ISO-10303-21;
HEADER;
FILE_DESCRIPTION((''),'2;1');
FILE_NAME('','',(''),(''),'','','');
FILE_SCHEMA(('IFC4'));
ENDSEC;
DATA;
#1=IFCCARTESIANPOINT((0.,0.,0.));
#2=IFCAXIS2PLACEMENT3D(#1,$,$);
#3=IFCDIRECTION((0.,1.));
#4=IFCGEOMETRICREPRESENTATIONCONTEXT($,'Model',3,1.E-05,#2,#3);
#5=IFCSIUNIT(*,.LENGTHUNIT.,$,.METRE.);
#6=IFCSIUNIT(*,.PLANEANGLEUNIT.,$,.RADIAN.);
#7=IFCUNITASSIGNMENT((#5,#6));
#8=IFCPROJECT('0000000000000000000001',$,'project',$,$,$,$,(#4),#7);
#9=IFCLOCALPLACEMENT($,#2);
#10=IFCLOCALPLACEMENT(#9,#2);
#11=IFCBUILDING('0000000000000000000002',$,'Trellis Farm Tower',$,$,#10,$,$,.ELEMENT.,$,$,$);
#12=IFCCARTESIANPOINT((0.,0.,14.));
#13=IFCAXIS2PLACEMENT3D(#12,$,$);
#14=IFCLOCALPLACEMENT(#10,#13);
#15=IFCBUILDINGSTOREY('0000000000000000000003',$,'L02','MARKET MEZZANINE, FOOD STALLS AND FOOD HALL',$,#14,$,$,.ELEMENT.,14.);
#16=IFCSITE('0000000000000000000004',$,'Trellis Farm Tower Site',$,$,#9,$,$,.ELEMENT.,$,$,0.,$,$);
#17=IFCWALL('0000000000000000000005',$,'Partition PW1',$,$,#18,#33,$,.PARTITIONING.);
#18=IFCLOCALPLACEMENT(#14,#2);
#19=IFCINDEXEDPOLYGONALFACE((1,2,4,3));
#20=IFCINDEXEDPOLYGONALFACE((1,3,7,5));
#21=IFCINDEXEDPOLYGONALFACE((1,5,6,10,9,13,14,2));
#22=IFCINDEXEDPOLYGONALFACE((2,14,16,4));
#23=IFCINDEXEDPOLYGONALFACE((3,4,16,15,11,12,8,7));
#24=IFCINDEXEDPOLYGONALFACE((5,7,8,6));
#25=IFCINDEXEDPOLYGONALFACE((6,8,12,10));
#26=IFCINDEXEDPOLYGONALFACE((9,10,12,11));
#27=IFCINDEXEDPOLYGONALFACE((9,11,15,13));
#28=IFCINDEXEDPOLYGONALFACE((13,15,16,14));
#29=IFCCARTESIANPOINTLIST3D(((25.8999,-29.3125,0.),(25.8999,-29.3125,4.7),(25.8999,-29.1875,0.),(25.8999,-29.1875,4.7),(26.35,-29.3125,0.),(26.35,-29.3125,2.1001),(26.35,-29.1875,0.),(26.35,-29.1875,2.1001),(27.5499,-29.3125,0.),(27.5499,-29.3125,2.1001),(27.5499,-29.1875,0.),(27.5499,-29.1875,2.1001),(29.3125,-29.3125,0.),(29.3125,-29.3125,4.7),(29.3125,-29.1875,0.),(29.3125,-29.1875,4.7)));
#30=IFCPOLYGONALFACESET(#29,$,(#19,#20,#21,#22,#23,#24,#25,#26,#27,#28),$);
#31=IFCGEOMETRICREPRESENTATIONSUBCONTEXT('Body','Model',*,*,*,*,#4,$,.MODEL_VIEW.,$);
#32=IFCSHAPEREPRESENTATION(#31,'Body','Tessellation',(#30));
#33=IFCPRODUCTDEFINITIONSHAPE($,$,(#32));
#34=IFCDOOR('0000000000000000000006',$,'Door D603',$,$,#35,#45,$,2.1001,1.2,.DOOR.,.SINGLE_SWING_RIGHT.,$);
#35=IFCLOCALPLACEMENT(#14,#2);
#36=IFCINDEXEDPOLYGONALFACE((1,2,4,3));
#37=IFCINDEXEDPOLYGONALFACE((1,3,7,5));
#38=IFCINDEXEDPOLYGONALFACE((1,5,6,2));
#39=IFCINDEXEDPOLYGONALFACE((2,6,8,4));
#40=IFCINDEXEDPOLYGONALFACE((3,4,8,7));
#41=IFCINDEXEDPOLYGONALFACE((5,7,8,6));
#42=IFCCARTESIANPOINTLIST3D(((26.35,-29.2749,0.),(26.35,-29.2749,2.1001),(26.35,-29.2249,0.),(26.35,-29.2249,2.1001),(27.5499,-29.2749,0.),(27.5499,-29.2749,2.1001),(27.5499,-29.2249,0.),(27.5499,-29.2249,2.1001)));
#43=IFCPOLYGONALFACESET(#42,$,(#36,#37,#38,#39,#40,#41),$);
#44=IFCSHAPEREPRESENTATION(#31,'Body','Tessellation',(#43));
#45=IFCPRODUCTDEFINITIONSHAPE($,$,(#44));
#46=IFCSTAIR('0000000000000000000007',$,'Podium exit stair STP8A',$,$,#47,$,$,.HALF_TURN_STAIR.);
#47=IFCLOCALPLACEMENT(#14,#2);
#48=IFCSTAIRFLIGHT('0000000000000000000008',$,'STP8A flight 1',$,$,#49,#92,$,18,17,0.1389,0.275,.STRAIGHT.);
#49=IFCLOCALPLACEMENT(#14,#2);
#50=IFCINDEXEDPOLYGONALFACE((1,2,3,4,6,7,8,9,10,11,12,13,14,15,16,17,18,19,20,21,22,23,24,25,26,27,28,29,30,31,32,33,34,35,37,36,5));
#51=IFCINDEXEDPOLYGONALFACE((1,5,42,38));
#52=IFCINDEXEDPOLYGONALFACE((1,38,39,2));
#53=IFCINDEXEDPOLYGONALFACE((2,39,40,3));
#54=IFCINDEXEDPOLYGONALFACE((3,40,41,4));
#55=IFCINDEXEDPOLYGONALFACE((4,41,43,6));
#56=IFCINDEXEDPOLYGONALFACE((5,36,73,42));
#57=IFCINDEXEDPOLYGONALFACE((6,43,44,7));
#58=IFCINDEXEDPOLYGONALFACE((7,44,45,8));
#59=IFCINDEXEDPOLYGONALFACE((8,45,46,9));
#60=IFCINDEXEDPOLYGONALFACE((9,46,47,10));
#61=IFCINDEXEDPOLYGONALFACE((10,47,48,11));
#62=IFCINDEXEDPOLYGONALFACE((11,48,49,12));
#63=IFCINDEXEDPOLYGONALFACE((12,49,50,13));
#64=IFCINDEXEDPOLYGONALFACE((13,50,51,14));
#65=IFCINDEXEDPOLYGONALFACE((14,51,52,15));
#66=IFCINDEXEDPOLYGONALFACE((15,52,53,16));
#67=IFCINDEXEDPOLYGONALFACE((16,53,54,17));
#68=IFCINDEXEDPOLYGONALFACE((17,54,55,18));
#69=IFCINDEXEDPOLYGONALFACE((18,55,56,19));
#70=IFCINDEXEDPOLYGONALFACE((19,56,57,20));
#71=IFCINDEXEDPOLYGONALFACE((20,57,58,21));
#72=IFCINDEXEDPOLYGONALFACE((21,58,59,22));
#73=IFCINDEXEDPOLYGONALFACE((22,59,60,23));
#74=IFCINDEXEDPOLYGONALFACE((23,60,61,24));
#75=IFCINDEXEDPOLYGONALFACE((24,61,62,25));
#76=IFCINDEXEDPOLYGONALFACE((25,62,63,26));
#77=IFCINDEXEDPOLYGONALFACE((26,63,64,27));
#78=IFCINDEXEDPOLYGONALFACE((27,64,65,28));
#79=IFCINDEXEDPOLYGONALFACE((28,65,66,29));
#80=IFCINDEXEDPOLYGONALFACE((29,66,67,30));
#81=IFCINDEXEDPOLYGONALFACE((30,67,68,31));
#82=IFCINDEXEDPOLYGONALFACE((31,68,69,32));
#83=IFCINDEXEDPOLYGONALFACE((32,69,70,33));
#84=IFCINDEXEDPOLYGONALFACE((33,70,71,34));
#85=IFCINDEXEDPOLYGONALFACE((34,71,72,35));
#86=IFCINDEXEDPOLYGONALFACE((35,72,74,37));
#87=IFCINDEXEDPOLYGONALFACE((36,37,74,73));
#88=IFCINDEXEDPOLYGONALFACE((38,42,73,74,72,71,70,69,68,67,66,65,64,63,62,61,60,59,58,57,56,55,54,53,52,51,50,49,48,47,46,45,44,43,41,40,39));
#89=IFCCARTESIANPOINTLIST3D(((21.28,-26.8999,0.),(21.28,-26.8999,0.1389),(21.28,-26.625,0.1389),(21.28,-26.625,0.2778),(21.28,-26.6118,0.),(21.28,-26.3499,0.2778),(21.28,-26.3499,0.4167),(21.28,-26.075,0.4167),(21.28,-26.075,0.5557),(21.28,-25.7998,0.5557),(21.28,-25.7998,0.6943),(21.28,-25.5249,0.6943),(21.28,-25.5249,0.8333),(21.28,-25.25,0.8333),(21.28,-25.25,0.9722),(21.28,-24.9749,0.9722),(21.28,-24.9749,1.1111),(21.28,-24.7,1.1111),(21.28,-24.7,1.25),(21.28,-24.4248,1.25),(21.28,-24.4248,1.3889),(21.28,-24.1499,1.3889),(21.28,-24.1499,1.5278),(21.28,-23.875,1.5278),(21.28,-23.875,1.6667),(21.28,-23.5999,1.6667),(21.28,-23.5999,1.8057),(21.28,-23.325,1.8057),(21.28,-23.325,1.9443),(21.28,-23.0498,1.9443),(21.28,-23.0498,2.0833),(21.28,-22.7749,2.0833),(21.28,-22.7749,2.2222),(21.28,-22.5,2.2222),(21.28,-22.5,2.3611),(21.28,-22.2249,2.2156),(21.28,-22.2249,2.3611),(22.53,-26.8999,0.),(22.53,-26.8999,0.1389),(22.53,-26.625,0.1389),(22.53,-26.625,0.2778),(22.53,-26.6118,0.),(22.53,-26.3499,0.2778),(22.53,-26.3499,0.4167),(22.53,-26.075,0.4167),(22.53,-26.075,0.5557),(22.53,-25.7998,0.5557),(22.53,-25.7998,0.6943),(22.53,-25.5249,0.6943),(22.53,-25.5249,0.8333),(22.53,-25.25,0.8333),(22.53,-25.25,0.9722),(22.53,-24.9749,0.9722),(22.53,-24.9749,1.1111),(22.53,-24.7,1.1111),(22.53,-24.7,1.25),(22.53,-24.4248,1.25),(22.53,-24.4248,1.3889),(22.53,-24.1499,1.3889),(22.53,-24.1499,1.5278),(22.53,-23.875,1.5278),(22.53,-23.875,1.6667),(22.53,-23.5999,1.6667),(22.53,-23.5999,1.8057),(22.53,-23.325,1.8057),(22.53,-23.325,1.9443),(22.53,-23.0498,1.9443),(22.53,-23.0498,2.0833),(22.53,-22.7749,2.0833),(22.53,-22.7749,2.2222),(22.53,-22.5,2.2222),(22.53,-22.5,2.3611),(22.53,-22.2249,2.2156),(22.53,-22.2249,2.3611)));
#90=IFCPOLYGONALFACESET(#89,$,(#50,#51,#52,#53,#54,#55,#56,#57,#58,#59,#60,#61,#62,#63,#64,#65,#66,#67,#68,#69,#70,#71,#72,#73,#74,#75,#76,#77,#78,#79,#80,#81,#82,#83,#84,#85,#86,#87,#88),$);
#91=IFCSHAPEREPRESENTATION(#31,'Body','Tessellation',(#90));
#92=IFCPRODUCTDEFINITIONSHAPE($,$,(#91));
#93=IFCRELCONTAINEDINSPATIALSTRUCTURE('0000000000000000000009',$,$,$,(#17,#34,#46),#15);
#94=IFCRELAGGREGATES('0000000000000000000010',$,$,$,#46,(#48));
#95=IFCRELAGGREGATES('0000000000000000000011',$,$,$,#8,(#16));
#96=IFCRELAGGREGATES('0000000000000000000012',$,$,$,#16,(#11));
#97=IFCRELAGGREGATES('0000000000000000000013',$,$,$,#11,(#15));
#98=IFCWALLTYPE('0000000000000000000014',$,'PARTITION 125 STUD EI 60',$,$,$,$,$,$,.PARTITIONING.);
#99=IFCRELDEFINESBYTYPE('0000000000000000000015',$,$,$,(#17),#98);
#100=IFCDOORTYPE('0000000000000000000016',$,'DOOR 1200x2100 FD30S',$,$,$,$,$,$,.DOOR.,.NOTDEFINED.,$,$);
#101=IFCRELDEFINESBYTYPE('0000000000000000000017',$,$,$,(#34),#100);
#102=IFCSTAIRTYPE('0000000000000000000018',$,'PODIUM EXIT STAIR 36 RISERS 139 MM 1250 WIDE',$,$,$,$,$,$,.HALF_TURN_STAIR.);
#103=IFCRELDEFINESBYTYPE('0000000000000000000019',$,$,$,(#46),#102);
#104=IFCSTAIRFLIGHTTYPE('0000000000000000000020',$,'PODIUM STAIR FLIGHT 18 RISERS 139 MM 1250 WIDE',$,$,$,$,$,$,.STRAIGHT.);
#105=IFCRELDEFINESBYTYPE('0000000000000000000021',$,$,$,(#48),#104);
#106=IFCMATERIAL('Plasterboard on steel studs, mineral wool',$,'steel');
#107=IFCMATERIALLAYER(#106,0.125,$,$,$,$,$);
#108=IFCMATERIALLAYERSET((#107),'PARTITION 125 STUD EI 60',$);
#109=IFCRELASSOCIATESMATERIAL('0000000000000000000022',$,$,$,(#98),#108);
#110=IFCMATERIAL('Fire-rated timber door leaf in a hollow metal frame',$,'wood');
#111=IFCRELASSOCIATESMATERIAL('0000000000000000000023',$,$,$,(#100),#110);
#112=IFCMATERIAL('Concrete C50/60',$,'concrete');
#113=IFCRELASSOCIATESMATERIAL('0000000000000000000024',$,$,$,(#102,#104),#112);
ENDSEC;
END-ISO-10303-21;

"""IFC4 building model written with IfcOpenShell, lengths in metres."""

from ifc_helpers import new_model, si_unit, direction, frame, frame_2d, origin, place, context, subcontext, project, spatial, polyline, rectangle, outline, extrude, source, transform, mapped, material, layer, layer_set, type_object, element, fill, aggregate, save


model = new_model("IFC4")

# Units and contexts
model_context = context("Model", 3, precision=1e-05, world=origin(), true_north=direction((0.0, 1.0)))
body_context = subcontext(model_context, "Body", "Model", "MODEL_VIEW")
ifc_project = project(units=[si_unit("LENGTHUNIT", "METRE"), si_unit("PLANEANGLEUNIT", "RADIAN")], contexts=[model_context])

# Site, building, storey
site_placement = place(None, origin())
site = spatial("IfcSite", under=ifc_project, at=site_placement, Name="Trellis Farm Tower Site", CompositionType="ELEMENT", RefElevation=0.0)
building_placement = place(site_placement, origin())
building = spatial("IfcBuilding", under=site, at=building_placement, Name="Trellis Farm Tower", CompositionType="ELEMENT")
storey_placement = place(building_placement, frame((0.0, 0.0, 14.0)))
storey = spatial("IfcBuildingStorey", under=building, at=storey_placement, Name="L02", Description="MARKET MEZZANINE, FOOD STALLS AND FOOD HALL", CompositionType="ELEMENT", Elevation=14.0)

# Wall, opening, door
ifc_material_1 = material(Name="Plasterboard on steel studs, mineral wool", Category="steel")
ifc_layer_1 = layer(ifc_material_1, 0.125)
ifc_layer_set_1 = layer_set([ifc_layer_1], Name="PARTITION 125 STUD EI 60")
wall_type_1 = type_object("IfcWallType", Name="PARTITION 125 STUD EI 60", PredefinedType="PARTITIONING", material=ifc_layer_set_1)
shared_shape_1 = source(origin(), body_context, "Body", "SweptSolid", [
    extrude(rectangle(XDim=3.4126, YDim=0.125, at=frame_2d((1.7063, 0.0))), origin(), (0.0, 0.0, 1.0), 4.7),
])
wall_1_placement = place(storey_placement, frame((29.3125, -29.25, 0.0), z_axis=(0.0, 0.0, 1.0), x_axis=(-1.0, 0.0, 0.0)))
wall_1 = element("IfcWall", 1, at=wall_1_placement, inside=storey, type_object=wall_type_1, Name="Partition PW1", PredefinedType="PARTITIONING", context=body_context, shape_type="MappedRepresentation", body=[
    mapped(shared_shape_1, transform((0.0, 0.0, 0.0))),
])
shared_shape_2 = source(origin(), body_context, "Body", "SweptSolid", [
    extrude(rectangle(XDim=1.2, YDim=2.1001, at=frame_2d((0.6001, 1.05))), frame((0.0, 0.0725, 0.0), z_axis=(0.0, -1.0, 0.0), x_axis=(1.0, 0.0, 0.0)), (0.0, 0.0, 1.0), 0.145),
])
opening_1_placement = place(wall_1_placement, frame((1.7625, 0.0, 0.0)))
opening_1 = element("IfcOpeningElement", 2, at=opening_1_placement, cuts=wall_1, PredefinedType="OPENING", context=body_context, shape_type="MappedRepresentation", body=[
    mapped(shared_shape_2, transform((0.0, 0.0, 0.0))),
])
ifc_material_2 = material(Name="Fire-rated timber door leaf in a hollow metal frame", Category="wood")
door_type_1 = type_object("IfcDoorType", Name="DOOR 1200x2100 FD30S", OperationType="NOTDEFINED", PredefinedType="DOOR", material=ifc_material_2)
shared_shape_3 = source(origin(), body_context, "Body", "SweptSolid", [
    extrude(rectangle(XDim=1.2, YDim=2.1001, at=frame_2d((0.6001, 1.05))), frame((0.0, 0.0249, 0.0), z_axis=(0.0, -1.0, 0.0), x_axis=(1.0, 0.0, 0.0)), (0.0, 0.0, 1.0), 0.05),
])
door_1_placement = place(opening_1_placement, origin())
door_1 = element("IfcDoor", 3, at=door_1_placement, inside=storey, type_object=door_type_1, Name="Door D603", OperationType="SINGLE_SWING_RIGHT", OverallHeight=2.1001, OverallWidth=1.2, PredefinedType="DOOR", context=body_context, shape_type="MappedRepresentation", body=[
    mapped(shared_shape_3, transform((0.0, 0.0, 0.0))),
])
fill(opening_1, door_1)

# Stair, stair flight
ifc_material_3 = material(Name="Concrete C50/60", Category="concrete")
stair_type = type_object("IfcStairType", Name="PODIUM EXIT STAIR 36 RISERS 139 MM 1250 WIDE", PredefinedType="HALF_TURN_STAIR", material=ifc_material_3)
stair_placement = place(storey_placement, origin())
stair = element("IfcStair", 4, at=stair_placement, inside=storey, type_object=stair_type, Name="Podium exit stair STP8A", PredefinedType="HALF_TURN_STAIR")
stair_flight_type = type_object("IfcStairFlightType", Name="PODIUM STAIR FLIGHT 18 RISERS 139 MM 1250 WIDE", PredefinedType="STRAIGHT", material=ifc_material_3)
shared_shape_4 = source(origin(), body_context, "Body", "SweptSolid", [
    extrude(outline(polyline([(0.0, 0.0), (0.0, 0.1389), (0.2749, 0.1389), (0.2749, 0.2778), (0.55, 0.2778), (0.55, 0.4167), (0.825, 0.4167), (0.825, 0.5557), (1.1001, 0.5557), (1.1001, 0.6943), (1.375, 0.6943), (1.375, 0.8333), (1.6499, 0.8333), (1.6499, 0.9722), (1.925, 0.9722), (1.925, 1.1111), (2.2, 1.1111), (2.2, 1.25), (2.4751, 1.25), (2.4751, 1.3889), (2.75, 1.3889), (2.75, 1.5278), (3.0249, 1.5278), (3.0249, 1.6667), (3.3, 1.6667), (3.3, 1.8057), (3.575, 1.8057), (3.575, 1.9443), (3.8501, 1.9443), (3.8501, 2.0833), (4.125, 2.0833), (4.125, 2.2222), (4.3999, 2.2222), (4.3999, 2.3611), (4.675, 2.3611), (4.675, 2.5), (4.675, 2.2156), (0.2881, 0.0), (0.0, 0.0)])), frame((0.0, 0.625, 0.0), z_axis=(0.0, -1.0, 0.0), x_axis=(1.0, 0.0, 0.0)), (0.0, 0.0, 1.0), 1.25),
])
stair_flight_placement = place(storey_placement, frame((21.905, -26.8999, 0.0), z_axis=(0.0, 0.0, 1.0), x_axis=(0.0, 1.0, 0.0)))
stair_flight = element("IfcStairFlight", 5, at=stair_flight_placement, type_object=stair_flight_type, Name="STP8A flight 1", NumberOfRisers=18, NumberOfTreads=17, PredefinedType="STRAIGHT", RiserHeight=0.1389, TreadLength=0.275, context=body_context, shape_type="MappedRepresentation", body=[
    mapped(shared_shape_4, transform((0.0, 0.0, 0.0))),
])
aggregate(stair, [stair_flight])

save(model, "model.ifc")
